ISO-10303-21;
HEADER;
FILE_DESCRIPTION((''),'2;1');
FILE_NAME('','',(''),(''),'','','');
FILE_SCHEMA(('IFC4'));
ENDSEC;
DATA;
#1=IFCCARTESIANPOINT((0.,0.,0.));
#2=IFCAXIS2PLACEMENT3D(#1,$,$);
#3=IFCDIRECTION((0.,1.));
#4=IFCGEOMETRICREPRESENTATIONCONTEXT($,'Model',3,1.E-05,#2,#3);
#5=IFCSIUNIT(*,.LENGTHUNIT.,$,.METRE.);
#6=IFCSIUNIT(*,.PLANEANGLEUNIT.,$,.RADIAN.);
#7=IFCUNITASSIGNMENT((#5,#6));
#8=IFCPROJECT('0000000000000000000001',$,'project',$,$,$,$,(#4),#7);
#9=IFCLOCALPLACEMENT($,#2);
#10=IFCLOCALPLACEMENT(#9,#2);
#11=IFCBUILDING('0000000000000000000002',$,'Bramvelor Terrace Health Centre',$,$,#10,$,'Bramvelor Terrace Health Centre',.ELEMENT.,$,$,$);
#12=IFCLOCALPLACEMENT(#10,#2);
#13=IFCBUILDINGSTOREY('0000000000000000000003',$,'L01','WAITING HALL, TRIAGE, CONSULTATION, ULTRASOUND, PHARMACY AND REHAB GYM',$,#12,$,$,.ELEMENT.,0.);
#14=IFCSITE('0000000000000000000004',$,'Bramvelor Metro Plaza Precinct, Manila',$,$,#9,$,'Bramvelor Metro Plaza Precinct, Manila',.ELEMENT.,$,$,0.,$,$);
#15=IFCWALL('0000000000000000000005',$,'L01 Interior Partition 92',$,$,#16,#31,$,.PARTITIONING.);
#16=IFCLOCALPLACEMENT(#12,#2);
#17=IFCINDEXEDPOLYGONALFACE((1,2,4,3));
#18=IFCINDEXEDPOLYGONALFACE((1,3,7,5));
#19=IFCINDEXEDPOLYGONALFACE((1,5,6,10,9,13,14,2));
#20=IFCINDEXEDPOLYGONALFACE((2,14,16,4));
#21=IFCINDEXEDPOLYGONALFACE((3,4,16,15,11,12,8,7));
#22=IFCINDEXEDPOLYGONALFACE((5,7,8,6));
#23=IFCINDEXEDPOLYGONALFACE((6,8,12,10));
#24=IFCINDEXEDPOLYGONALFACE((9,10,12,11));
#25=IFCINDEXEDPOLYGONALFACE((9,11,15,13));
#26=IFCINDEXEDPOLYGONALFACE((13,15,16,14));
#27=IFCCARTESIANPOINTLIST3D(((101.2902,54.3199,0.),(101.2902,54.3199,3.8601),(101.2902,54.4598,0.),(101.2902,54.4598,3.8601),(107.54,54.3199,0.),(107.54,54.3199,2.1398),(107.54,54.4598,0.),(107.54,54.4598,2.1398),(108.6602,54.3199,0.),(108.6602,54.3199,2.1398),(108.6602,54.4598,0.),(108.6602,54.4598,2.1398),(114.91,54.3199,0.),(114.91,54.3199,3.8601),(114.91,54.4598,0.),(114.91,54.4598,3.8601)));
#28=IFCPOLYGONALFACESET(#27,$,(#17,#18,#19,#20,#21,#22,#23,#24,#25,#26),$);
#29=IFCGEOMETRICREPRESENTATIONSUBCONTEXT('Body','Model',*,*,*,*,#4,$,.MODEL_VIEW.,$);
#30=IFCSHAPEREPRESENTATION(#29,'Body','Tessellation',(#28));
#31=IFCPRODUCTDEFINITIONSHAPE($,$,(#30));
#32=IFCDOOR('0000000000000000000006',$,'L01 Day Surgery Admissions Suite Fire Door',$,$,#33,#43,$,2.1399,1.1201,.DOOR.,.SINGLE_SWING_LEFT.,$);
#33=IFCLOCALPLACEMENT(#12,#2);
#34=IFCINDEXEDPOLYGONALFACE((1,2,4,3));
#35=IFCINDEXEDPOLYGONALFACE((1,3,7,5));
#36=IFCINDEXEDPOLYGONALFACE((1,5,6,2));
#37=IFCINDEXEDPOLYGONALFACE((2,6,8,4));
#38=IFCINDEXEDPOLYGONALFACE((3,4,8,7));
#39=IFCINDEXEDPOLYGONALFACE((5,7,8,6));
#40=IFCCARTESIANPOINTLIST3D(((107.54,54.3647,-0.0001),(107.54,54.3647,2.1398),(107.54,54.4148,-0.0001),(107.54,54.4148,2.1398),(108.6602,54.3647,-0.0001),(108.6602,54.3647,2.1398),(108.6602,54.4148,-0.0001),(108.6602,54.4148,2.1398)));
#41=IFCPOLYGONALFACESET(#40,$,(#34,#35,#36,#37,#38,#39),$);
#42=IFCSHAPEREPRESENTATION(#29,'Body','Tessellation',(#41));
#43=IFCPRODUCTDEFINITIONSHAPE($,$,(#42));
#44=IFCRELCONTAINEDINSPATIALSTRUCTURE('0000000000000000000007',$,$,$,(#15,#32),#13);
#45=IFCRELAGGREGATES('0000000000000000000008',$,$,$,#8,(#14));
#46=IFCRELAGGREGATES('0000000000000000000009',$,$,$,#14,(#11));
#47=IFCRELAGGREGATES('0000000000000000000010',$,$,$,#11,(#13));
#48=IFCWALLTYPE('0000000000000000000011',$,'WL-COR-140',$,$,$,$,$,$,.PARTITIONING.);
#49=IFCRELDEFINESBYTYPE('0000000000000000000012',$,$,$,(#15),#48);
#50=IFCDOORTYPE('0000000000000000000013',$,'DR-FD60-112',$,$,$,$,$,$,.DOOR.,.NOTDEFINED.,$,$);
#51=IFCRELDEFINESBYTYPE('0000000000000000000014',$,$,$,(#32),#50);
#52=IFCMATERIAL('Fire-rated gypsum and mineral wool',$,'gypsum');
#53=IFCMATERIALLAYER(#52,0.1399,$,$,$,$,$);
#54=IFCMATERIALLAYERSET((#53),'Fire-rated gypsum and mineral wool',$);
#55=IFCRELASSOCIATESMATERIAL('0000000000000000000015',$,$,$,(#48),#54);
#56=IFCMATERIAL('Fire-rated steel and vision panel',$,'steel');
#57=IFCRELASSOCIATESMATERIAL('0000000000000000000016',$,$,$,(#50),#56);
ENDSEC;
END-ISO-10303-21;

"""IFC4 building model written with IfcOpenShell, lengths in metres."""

from ifc_helpers import new_model, si_unit, direction, frame, frame_2d, origin, place, context, subcontext, project, spatial, rectangle, extrude, material, layer, layer_set, type_object, element, fill, save


model = new_model("IFC4")

# Units and contexts
model_context = context("Model", 3, precision=1e-05, world=origin(), true_north=direction((0.0, 1.0)))
body_context = subcontext(model_context, "Body", "Model", "MODEL_VIEW")
ifc_project = project(units=[si_unit("LENGTHUNIT", "METRE"), si_unit("PLANEANGLEUNIT", "RADIAN")], contexts=[model_context])

# Site, building, storey
site_placement = place(None, origin())
site = spatial("IfcSite", under=ifc_project, at=site_placement, Name="Bramvelor Metro Plaza Precinct, Manila", LongName="Bramvelor Metro Plaza Precinct, Manila", CompositionType="ELEMENT", RefElevation=0.0)
building_placement = place(site_placement, origin())
building = spatial("IfcBuilding", under=site, at=building_placement, Name="Bramvelor Terrace Health Centre", LongName="Bramvelor Terrace Health Centre", CompositionType="ELEMENT")
storey_placement = place(building_placement, origin())
storey = spatial("IfcBuildingStorey", under=building, at=storey_placement, Name="L01", Description="WAITING HALL, TRIAGE, CONSULTATION, ULTRASOUND, PHARMACY AND REHAB GYM", CompositionType="ELEMENT", Elevation=0.0)

# Wall, opening, door
ifc_material_1 = material(Name="Fire-rated gypsum and mineral wool", Category="gypsum")
ifc_layer_1 = layer(ifc_material_1, 0.1399)
ifc_layer_set_1 = layer_set([ifc_layer_1], Name="Fire-rated gypsum and mineral wool")
wall_type = type_object("IfcWallType", Name="WL-COR-140", PredefinedType="PARTITIONING", material=ifc_layer_set_1)
wall_placement = place(storey_placement, frame((101.29, 54.3899, 0.0), z_axis=(0.0, 0.0, 1.0), x_axis=(1.0, 0.0, 0.0)))
wall = element("IfcWall", 1, at=wall_placement, inside=storey, type_object=wall_type, Name="L01 Interior Partition 92", PredefinedType="PARTITIONING", context=body_context, shape_type="SweptSolid", body=[
    extrude(rectangle(XDim=13.6199, YDim=0.1399, at=frame_2d((6.8101, 0.0))), origin(), (0.0, 0.0, 1.0), 3.8601),
])
opening_placement = place(wall_placement, frame((6.25, 0.0, 0.0)))
opening = element("IfcOpeningElement", 2, at=opening_placement, cuts=wall, PredefinedType="OPENING", context=body_context, shape_type="SweptSolid", body=[
    extrude(rectangle(XDim=1.1201, YDim=2.1399, at=frame_2d((0.5601, 1.0698))), frame((0.0, 0.0798, 0.0), z_axis=(0.0, -1.0, 0.0), x_axis=(1.0, 0.0, 0.0)), (0.0, 0.0, 1.0), 0.1599),
])
ifc_material_2 = material(Name="Fire-rated steel and vision panel", Category="steel")
door_type = type_object("IfcDoorType", Name="DR-FD60-112", OperationType="NOTDEFINED", PredefinedType="DOOR", material=ifc_material_2)
door_placement = place(opening_placement, origin())
door = element("IfcDoor", 3, at=door_placement, inside=storey, type_object=door_type, Name="L01 Day Surgery Admissions Suite Fire Door", OperationType="SINGLE_SWING_LEFT", OverallHeight=2.1399, OverallWidth=1.1201, PredefinedType="DOOR", context=body_context, shape_type="SweptSolid", body=[
    extrude(rectangle(XDim=1.1201, YDim=2.1399, at=frame_2d((0.5601, 1.0698))), frame((0.0, 0.0249, 0.0), z_axis=(0.0, -1.0, 0.0), x_axis=(1.0, 0.0, 0.0)), (0.0, 0.0, 1.0), 0.05),
])
fill(opening, door)

save(model, "model.ifc")
